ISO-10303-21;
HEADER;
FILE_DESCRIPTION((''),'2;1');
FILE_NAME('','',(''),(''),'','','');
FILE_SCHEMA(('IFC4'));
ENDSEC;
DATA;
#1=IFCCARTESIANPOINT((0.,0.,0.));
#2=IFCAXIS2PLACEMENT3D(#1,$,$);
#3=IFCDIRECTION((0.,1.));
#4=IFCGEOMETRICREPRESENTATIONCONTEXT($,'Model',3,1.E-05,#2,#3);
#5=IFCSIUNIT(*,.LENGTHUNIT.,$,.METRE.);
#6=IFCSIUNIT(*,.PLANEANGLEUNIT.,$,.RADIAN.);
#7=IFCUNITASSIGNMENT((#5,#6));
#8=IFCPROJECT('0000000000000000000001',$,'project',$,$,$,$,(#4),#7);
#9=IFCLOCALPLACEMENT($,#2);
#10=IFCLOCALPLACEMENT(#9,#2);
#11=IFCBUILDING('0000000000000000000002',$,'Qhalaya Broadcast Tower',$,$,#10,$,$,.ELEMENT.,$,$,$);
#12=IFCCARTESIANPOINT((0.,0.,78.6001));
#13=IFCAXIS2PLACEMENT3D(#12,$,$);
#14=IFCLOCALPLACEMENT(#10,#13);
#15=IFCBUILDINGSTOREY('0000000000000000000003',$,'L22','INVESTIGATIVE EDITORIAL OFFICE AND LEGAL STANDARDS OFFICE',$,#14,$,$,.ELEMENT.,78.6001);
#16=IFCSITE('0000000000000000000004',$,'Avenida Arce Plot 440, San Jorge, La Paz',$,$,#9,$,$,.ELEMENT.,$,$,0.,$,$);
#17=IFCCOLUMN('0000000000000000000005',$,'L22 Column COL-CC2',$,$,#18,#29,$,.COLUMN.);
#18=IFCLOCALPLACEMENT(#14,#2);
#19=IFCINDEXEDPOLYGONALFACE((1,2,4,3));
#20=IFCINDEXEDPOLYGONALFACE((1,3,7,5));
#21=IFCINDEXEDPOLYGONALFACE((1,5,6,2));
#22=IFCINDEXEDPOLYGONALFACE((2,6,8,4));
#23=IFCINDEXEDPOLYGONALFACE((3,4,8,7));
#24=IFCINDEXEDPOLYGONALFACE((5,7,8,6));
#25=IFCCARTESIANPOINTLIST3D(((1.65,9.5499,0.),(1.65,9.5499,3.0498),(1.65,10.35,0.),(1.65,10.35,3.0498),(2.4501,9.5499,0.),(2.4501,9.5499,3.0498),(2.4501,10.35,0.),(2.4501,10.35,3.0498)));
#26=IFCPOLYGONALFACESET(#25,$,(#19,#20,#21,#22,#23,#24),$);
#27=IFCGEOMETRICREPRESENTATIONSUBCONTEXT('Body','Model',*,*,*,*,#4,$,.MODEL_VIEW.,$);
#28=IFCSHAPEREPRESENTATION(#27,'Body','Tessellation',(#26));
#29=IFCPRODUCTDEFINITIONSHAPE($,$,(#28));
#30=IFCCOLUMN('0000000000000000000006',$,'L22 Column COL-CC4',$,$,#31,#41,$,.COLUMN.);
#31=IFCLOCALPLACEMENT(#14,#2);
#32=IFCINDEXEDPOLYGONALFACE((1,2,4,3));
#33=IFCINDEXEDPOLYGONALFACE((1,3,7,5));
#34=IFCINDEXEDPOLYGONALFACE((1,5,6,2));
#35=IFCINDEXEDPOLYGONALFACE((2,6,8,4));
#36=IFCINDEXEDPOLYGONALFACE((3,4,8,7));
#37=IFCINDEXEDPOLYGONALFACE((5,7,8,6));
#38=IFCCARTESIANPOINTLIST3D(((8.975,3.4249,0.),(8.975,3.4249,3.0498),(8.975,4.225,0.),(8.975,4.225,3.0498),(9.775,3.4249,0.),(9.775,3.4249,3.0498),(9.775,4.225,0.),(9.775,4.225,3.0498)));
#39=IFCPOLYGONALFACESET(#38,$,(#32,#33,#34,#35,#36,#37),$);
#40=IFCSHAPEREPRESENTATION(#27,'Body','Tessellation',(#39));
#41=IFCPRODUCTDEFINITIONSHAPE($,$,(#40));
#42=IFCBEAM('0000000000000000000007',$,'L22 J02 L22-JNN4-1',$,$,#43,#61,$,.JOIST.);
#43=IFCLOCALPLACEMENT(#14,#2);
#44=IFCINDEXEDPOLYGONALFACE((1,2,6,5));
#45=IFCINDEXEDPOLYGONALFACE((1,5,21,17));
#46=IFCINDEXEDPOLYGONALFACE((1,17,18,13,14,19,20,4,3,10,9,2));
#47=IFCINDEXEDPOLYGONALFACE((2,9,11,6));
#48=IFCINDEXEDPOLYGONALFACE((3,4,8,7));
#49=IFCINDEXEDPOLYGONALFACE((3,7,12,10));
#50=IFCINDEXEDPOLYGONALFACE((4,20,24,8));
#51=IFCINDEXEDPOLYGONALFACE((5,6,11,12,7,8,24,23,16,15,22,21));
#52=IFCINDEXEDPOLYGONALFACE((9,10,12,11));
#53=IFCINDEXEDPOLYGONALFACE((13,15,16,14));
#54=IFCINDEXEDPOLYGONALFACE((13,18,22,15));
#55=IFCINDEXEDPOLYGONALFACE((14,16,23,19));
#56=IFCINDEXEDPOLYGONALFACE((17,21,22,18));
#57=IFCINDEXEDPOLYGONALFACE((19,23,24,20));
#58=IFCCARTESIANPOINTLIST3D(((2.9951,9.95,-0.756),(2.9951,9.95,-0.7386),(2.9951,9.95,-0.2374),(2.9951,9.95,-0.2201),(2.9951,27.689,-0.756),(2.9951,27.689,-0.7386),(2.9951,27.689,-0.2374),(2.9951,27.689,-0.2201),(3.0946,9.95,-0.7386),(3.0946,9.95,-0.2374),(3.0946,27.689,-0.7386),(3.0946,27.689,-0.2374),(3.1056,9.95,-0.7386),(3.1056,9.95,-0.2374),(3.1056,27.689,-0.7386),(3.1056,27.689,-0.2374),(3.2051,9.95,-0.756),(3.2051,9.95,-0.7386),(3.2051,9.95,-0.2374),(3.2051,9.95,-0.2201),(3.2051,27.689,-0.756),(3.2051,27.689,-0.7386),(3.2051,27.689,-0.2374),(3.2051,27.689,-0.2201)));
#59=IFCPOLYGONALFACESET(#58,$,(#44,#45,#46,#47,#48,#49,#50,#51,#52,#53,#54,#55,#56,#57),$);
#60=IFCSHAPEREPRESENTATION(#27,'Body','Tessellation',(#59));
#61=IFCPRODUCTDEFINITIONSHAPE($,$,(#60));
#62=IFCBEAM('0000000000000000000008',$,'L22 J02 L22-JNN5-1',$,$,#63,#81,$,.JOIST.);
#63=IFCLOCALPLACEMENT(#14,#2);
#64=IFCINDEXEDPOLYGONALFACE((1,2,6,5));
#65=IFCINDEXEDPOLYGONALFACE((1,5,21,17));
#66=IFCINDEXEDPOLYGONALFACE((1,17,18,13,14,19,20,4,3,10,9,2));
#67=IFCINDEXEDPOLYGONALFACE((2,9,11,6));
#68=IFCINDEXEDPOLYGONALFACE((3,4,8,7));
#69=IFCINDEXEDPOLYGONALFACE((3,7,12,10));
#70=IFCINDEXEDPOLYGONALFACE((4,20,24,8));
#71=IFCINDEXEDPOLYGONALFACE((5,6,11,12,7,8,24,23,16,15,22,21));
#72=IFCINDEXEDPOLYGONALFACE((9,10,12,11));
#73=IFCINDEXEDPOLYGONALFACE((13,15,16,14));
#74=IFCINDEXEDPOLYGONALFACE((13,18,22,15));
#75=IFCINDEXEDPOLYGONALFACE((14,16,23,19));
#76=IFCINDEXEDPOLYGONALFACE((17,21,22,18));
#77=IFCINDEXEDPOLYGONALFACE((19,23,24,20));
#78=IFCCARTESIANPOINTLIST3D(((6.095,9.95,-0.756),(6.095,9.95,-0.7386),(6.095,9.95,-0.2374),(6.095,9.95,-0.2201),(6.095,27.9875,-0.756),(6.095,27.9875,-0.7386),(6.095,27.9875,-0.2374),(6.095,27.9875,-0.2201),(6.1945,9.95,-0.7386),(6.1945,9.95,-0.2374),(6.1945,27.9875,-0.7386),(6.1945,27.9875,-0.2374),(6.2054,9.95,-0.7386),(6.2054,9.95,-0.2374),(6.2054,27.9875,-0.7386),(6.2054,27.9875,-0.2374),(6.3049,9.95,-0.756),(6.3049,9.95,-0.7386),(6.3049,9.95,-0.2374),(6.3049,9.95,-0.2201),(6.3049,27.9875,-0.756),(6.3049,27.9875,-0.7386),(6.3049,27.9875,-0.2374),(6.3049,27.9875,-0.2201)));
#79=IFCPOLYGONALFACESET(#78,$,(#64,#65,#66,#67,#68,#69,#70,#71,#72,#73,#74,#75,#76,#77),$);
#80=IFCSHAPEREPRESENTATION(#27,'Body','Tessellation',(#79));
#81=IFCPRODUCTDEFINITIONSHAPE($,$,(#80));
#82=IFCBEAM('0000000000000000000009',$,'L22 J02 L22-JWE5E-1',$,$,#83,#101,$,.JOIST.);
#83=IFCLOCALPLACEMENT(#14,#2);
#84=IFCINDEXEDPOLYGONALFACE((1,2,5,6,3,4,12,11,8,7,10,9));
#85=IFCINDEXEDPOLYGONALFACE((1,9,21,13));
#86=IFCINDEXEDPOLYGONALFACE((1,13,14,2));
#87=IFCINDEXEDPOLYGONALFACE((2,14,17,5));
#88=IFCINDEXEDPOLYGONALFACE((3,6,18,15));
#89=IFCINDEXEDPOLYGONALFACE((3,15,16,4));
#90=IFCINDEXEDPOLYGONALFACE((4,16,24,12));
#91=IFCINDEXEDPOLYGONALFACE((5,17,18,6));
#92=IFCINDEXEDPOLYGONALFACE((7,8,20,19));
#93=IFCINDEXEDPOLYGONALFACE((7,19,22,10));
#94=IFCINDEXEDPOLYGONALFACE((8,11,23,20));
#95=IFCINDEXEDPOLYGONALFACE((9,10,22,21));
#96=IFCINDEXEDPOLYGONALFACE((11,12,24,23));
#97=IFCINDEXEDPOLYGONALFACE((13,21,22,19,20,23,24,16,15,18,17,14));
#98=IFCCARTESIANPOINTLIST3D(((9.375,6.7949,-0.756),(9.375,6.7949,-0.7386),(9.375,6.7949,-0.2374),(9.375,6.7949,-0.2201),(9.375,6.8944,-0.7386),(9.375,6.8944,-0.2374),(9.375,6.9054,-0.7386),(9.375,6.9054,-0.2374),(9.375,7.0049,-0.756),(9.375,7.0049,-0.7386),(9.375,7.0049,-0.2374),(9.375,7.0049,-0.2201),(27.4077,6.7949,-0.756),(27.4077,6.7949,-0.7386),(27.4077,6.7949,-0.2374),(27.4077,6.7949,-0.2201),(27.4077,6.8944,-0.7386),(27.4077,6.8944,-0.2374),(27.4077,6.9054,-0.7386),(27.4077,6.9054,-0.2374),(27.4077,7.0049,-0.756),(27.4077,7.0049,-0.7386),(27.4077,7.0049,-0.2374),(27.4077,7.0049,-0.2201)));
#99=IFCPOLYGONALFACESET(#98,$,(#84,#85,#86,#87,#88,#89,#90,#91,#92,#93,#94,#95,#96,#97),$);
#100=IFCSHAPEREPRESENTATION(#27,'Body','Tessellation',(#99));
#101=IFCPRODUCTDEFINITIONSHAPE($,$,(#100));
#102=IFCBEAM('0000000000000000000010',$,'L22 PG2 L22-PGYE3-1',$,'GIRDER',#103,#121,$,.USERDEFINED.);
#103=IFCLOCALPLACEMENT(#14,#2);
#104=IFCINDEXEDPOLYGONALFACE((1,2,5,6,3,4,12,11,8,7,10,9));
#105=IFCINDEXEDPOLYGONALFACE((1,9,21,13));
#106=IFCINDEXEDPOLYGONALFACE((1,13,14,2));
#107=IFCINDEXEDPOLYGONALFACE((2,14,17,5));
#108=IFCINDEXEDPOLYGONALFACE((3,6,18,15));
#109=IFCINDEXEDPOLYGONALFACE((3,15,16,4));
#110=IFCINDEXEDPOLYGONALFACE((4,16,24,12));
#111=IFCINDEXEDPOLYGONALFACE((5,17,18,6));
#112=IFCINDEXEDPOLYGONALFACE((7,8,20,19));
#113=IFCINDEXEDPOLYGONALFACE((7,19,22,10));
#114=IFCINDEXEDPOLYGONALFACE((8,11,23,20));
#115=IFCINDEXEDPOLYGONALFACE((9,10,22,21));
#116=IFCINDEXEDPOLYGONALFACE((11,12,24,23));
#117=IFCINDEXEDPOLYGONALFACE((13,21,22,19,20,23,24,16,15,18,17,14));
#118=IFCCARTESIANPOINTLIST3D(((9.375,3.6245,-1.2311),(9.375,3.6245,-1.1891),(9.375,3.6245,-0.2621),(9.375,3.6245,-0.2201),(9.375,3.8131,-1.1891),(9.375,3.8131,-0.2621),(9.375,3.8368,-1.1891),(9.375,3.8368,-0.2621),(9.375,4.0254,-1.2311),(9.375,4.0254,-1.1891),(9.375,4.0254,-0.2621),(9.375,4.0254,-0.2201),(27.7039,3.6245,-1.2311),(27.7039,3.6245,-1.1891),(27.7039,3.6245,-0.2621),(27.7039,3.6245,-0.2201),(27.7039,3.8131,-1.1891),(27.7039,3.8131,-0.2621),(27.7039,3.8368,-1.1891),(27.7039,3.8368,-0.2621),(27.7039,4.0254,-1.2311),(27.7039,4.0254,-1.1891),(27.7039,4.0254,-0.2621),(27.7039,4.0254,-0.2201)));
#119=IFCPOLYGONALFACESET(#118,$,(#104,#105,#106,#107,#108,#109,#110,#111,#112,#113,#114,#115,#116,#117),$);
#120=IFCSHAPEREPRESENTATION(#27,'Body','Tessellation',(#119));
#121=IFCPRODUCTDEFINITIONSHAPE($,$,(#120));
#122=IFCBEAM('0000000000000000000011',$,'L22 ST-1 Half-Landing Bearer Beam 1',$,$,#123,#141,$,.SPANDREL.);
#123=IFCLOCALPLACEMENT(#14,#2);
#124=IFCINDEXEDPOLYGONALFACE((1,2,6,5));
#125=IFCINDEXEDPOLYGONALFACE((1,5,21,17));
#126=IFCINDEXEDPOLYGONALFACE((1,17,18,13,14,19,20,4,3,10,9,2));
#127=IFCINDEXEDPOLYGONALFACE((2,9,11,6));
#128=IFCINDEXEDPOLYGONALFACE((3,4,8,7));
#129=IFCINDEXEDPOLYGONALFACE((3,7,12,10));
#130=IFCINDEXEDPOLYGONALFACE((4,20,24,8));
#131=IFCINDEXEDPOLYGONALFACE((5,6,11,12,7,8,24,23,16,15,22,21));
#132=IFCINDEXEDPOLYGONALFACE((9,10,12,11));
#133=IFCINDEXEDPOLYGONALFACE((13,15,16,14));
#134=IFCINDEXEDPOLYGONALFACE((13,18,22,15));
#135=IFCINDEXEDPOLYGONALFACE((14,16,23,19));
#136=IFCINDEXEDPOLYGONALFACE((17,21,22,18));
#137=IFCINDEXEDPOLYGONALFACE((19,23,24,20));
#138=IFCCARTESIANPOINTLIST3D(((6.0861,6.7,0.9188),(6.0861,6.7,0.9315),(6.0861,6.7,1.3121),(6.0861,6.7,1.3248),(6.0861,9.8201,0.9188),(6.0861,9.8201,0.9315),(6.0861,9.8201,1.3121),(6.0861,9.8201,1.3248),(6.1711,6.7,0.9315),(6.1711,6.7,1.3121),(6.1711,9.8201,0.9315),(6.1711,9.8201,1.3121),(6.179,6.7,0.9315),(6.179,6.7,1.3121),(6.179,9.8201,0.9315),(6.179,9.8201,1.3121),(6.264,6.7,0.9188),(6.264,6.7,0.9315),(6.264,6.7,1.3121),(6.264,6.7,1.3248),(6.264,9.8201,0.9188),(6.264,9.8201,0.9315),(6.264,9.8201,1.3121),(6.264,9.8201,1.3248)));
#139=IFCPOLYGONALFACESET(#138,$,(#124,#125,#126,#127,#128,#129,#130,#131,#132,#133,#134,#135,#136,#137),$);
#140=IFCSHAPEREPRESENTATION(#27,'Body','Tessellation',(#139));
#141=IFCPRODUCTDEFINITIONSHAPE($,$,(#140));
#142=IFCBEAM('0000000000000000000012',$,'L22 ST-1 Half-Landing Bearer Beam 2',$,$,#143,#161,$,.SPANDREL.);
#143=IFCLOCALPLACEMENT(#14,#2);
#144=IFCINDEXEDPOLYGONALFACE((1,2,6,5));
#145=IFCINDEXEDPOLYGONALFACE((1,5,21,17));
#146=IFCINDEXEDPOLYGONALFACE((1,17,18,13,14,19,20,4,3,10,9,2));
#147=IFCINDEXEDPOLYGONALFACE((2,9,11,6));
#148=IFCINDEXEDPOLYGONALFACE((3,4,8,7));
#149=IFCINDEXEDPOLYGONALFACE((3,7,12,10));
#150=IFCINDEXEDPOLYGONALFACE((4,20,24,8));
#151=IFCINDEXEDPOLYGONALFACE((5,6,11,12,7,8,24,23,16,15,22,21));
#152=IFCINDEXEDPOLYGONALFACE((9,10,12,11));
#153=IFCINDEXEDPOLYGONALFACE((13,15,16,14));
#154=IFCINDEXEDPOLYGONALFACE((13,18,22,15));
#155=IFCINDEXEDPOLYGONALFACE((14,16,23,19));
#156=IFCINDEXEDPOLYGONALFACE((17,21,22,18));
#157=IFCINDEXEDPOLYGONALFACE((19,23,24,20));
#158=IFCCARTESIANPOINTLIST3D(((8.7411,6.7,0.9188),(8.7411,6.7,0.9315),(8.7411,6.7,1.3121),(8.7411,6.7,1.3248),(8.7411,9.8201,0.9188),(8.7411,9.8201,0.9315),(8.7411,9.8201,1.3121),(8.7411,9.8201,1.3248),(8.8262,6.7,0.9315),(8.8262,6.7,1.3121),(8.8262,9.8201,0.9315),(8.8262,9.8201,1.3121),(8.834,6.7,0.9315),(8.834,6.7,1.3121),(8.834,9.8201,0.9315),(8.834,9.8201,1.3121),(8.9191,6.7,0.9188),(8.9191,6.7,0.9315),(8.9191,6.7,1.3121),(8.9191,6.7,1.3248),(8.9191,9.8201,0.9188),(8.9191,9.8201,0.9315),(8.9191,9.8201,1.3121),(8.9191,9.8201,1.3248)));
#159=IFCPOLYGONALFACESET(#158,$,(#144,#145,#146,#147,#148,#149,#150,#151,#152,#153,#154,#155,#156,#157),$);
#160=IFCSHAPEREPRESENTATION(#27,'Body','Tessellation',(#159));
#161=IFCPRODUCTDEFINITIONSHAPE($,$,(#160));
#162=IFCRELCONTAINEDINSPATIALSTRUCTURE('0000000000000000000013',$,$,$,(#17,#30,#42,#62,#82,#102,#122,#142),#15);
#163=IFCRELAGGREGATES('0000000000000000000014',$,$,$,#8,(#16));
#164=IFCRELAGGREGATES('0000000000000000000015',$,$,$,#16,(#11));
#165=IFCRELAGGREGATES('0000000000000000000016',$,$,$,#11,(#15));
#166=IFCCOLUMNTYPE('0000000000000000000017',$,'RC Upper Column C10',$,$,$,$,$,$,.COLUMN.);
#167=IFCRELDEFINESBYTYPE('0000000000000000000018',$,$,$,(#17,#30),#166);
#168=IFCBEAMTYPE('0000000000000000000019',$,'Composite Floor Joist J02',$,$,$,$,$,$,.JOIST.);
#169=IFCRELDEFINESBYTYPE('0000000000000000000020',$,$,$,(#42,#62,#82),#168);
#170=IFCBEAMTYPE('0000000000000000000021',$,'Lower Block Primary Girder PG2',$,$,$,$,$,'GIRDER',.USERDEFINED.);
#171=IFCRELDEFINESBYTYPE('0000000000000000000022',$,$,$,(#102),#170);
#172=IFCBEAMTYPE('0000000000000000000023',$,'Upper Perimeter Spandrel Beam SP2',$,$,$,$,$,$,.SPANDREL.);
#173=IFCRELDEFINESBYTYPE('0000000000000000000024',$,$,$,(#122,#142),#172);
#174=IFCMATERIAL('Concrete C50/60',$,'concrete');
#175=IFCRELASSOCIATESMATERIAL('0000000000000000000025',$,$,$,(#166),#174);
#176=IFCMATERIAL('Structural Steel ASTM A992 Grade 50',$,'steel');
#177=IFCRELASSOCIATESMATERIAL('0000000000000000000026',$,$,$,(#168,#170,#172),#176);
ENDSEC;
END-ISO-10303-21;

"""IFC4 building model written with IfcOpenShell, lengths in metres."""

from ifc_helpers import new_model, si_unit, direction, frame, origin, origin_2d, place, context, subcontext, project, spatial, rectangle, i_section, extrude, material, material_profile, profile_set, type_object, element, save


model = new_model("IFC4")

# Units and contexts
model_context = context("Model", 3, precision=1e-05, world=origin(), true_north=direction((0.0, 1.0)))
body_context = subcontext(model_context, "Body", "Model", "MODEL_VIEW")
ifc_project = project(units=[si_unit("LENGTHUNIT", "METRE"), si_unit("PLANEANGLEUNIT", "RADIAN")], contexts=[model_context])

# Site, building, storey
site_placement = place(None, origin())
site = spatial("IfcSite", under=ifc_project, at=site_placement, Name="Avenida Arce Plot 440, San Jorge, La Paz", CompositionType="ELEMENT", RefElevation=0.0)
building_placement = place(site_placement, origin())
building = spatial("IfcBuilding", under=site, at=building_placement, Name="Qhalaya Broadcast Tower", CompositionType="ELEMENT")
storey_placement = place(building_placement, frame((0.0, 0.0, 78.6001)))
storey = spatial("IfcBuildingStorey", under=building, at=storey_placement, Name="L22", Description="INVESTIGATIVE EDITORIAL OFFICE AND LEGAL STANDARDS OFFICE", CompositionType="ELEMENT", Elevation=78.6001)

# Columns
ifc_material_1 = material(Name="Concrete C50/60", Category="concrete")
ifc_material_profile_1 = material_profile(ifc_material_1, rectangle(XDim=0.8, YDim=0.8, at=origin_2d()), Name="RC-COL 800x800")
ifc_profile_set_1 = profile_set([ifc_material_profile_1], Name="Concrete C50/60")
column_type = type_object("IfcColumnType", Name="RC Upper Column C10", PredefinedType="COLUMN", material=ifc_profile_set_1)
for number, where, z_axis, x_axis, name in (
    (1, (2.05, 9.95, 0.0), (0.0, 0.0, 1.0), (1.0, 0.0, 0.0), "L22 Column COL-CC2"),
    (2, (9.375, 3.825, 0.0), (0.0, 0.0, 1.0), (1.0, 0.0, 0.0), "L22 Column COL-CC4"),
):
    element("IfcColumn", number, at=place(storey_placement, frame(where, z_axis=z_axis, x_axis=x_axis)), inside=storey, type_object=column_type, Name=name, PredefinedType="COLUMN", context=body_context, shape_type="SweptSolid", body=[
        extrude(rectangle(XDim=0.8, YDim=0.8, at=origin_2d()), origin(), (0.0, 0.0, 1.0), 3.0498),
    ])

# Beams
ifc_material_2 = material(Name="Structural Steel ASTM A992 Grade 50", Category="steel")
ifc_material_profile_2 = material_profile(ifc_material_2, i_section(OverallWidth=0.21, OverallDepth=0.5359, WebThickness=0.011, FlangeThickness=0.0173, at=origin_2d()), Name="W21X68")
ifc_profile_set_2 = profile_set([ifc_material_profile_2], Name="Structural Steel ASTM A992 Grade 50")
beam_type_1 = type_object("IfcBeamType", Name="Composite Floor Joist J02", PredefinedType="JOIST", material=ifc_profile_set_2)
beam_1_placement = place(storey_placement, frame((3.1001, 9.95, -0.488), z_axis=(0.0, 1.0, 0.0), x_axis=(-1.0, 0.0, 0.0)))
element("IfcBeam", 3, at=beam_1_placement, inside=storey, type_object=beam_type_1, Name="L22 J02 L22-JNN4-1", PredefinedType="JOIST", context=body_context, shape_type="SweptSolid", body=[
    extrude(i_section(OverallWidth=0.21, OverallDepth=0.5359, WebThickness=0.011, FlangeThickness=0.0173, at=origin_2d()), origin(), (0.0, 0.0, 1.0), 17.739),
])
beam_2_placement = place(storey_placement, frame((6.2, 9.95, -0.488), z_axis=(0.0, 1.0, 0.0), x_axis=(-1.0, 0.0, 0.0)))
element("IfcBeam", 4, at=beam_2_placement, inside=storey, type_object=beam_type_1, Name="L22 J02 L22-JNN5-1", PredefinedType="JOIST", context=body_context, shape_type="SweptSolid", body=[
    extrude(i_section(OverallWidth=0.21, OverallDepth=0.5359, WebThickness=0.011, FlangeThickness=0.0173, at=origin_2d()), origin(), (0.0, 0.0, 1.0), 18.0376),
])
beam_3_placement = place(storey_placement, frame((9.375, 6.8999, -0.488), z_axis=(1.0, 0.0, 0.0), x_axis=(0.0, 1.0, 0.0)))
element("IfcBeam", 5, at=beam_3_placement, inside=storey, type_object=beam_type_1, Name="L22 J02 L22-JWE5E-1", PredefinedType="JOIST", context=body_context, shape_type="SweptSolid", body=[
    extrude(i_section(OverallWidth=0.21, OverallDepth=0.5359, WebThickness=0.011, FlangeThickness=0.0173, at=origin_2d()), origin(), (0.0, 0.0, 1.0), 18.0327),
])
ifc_material_profile_3 = material_profile(ifc_material_2, i_section(OverallWidth=0.4009, OverallDepth=1.011, WebThickness=0.0237, FlangeThickness=0.042, at=origin_2d()), Name="W40X297")
ifc_profile_set_3 = profile_set([ifc_material_profile_3], Name="Structural Steel ASTM A992 Grade 50")
beam_type_2 = type_object("IfcBeamType", Name="Lower Block Primary Girder PG2", ElementType="GIRDER", PredefinedType="USERDEFINED", material=ifc_profile_set_3)
beam_4_placement = place(storey_placement, frame((9.375, 3.825, -0.7256), z_axis=(1.0, 0.0, 0.0), x_axis=(0.0, 1.0, 0.0)))
element("IfcBeam", 6, at=beam_4_placement, inside=storey, type_object=beam_type_2, Name="L22 PG2 L22-PGYE3-1", ObjectType="GIRDER", PredefinedType="USERDEFINED", context=body_context, shape_type="SweptSolid", body=[
    extrude(i_section(OverallWidth=0.4009, OverallDepth=1.011, WebThickness=0.0237, FlangeThickness=0.042, at=origin_2d()), origin(), (0.0, 0.0, 1.0), 18.3289),
])
ifc_material_profile_4 = material_profile(ifc_material_2, i_section(OverallWidth=0.178, OverallDepth=0.406, WebThickness=0.0078, FlangeThickness=0.0127, at=origin_2d()), Name="W16X40")
ifc_profile_set_4 = profile_set([ifc_material_profile_4], Name="Structural Steel ASTM A992 Grade 50")
beam_type_3 = type_object("IfcBeamType", Name="Upper Perimeter Spandrel Beam SP2", PredefinedType="SPANDREL", material=ifc_profile_set_4)
for number, where, z_axis, x_axis, name in (
    (7, (6.175, 6.7, 1.1218), (0.0, 1.0, 0.0), (-1.0, 0.0, 0.0), "L22 ST-1 Half-Landing Bearer Beam 1"),
    (8, (8.8301, 6.7, 1.1218), (0.0, 1.0, 0.0), (-1.0, 0.0, 0.0), "L22 ST-1 Half-Landing Bearer Beam 2"),
):
    element("IfcBeam", number, at=place(storey_placement, frame(where, z_axis=z_axis, x_axis=x_axis)), inside=storey, type_object=beam_type_3, Name=name, PredefinedType="SPANDREL", context=body_context, shape_type="SweptSolid", body=[
        extrude(i_section(OverallWidth=0.178, OverallDepth=0.406, WebThickness=0.0078, FlangeThickness=0.0127, at=origin_2d()), origin(), (0.0, 0.0, 1.0), 3.1201),
    ])

save(model, "model.ifc")
